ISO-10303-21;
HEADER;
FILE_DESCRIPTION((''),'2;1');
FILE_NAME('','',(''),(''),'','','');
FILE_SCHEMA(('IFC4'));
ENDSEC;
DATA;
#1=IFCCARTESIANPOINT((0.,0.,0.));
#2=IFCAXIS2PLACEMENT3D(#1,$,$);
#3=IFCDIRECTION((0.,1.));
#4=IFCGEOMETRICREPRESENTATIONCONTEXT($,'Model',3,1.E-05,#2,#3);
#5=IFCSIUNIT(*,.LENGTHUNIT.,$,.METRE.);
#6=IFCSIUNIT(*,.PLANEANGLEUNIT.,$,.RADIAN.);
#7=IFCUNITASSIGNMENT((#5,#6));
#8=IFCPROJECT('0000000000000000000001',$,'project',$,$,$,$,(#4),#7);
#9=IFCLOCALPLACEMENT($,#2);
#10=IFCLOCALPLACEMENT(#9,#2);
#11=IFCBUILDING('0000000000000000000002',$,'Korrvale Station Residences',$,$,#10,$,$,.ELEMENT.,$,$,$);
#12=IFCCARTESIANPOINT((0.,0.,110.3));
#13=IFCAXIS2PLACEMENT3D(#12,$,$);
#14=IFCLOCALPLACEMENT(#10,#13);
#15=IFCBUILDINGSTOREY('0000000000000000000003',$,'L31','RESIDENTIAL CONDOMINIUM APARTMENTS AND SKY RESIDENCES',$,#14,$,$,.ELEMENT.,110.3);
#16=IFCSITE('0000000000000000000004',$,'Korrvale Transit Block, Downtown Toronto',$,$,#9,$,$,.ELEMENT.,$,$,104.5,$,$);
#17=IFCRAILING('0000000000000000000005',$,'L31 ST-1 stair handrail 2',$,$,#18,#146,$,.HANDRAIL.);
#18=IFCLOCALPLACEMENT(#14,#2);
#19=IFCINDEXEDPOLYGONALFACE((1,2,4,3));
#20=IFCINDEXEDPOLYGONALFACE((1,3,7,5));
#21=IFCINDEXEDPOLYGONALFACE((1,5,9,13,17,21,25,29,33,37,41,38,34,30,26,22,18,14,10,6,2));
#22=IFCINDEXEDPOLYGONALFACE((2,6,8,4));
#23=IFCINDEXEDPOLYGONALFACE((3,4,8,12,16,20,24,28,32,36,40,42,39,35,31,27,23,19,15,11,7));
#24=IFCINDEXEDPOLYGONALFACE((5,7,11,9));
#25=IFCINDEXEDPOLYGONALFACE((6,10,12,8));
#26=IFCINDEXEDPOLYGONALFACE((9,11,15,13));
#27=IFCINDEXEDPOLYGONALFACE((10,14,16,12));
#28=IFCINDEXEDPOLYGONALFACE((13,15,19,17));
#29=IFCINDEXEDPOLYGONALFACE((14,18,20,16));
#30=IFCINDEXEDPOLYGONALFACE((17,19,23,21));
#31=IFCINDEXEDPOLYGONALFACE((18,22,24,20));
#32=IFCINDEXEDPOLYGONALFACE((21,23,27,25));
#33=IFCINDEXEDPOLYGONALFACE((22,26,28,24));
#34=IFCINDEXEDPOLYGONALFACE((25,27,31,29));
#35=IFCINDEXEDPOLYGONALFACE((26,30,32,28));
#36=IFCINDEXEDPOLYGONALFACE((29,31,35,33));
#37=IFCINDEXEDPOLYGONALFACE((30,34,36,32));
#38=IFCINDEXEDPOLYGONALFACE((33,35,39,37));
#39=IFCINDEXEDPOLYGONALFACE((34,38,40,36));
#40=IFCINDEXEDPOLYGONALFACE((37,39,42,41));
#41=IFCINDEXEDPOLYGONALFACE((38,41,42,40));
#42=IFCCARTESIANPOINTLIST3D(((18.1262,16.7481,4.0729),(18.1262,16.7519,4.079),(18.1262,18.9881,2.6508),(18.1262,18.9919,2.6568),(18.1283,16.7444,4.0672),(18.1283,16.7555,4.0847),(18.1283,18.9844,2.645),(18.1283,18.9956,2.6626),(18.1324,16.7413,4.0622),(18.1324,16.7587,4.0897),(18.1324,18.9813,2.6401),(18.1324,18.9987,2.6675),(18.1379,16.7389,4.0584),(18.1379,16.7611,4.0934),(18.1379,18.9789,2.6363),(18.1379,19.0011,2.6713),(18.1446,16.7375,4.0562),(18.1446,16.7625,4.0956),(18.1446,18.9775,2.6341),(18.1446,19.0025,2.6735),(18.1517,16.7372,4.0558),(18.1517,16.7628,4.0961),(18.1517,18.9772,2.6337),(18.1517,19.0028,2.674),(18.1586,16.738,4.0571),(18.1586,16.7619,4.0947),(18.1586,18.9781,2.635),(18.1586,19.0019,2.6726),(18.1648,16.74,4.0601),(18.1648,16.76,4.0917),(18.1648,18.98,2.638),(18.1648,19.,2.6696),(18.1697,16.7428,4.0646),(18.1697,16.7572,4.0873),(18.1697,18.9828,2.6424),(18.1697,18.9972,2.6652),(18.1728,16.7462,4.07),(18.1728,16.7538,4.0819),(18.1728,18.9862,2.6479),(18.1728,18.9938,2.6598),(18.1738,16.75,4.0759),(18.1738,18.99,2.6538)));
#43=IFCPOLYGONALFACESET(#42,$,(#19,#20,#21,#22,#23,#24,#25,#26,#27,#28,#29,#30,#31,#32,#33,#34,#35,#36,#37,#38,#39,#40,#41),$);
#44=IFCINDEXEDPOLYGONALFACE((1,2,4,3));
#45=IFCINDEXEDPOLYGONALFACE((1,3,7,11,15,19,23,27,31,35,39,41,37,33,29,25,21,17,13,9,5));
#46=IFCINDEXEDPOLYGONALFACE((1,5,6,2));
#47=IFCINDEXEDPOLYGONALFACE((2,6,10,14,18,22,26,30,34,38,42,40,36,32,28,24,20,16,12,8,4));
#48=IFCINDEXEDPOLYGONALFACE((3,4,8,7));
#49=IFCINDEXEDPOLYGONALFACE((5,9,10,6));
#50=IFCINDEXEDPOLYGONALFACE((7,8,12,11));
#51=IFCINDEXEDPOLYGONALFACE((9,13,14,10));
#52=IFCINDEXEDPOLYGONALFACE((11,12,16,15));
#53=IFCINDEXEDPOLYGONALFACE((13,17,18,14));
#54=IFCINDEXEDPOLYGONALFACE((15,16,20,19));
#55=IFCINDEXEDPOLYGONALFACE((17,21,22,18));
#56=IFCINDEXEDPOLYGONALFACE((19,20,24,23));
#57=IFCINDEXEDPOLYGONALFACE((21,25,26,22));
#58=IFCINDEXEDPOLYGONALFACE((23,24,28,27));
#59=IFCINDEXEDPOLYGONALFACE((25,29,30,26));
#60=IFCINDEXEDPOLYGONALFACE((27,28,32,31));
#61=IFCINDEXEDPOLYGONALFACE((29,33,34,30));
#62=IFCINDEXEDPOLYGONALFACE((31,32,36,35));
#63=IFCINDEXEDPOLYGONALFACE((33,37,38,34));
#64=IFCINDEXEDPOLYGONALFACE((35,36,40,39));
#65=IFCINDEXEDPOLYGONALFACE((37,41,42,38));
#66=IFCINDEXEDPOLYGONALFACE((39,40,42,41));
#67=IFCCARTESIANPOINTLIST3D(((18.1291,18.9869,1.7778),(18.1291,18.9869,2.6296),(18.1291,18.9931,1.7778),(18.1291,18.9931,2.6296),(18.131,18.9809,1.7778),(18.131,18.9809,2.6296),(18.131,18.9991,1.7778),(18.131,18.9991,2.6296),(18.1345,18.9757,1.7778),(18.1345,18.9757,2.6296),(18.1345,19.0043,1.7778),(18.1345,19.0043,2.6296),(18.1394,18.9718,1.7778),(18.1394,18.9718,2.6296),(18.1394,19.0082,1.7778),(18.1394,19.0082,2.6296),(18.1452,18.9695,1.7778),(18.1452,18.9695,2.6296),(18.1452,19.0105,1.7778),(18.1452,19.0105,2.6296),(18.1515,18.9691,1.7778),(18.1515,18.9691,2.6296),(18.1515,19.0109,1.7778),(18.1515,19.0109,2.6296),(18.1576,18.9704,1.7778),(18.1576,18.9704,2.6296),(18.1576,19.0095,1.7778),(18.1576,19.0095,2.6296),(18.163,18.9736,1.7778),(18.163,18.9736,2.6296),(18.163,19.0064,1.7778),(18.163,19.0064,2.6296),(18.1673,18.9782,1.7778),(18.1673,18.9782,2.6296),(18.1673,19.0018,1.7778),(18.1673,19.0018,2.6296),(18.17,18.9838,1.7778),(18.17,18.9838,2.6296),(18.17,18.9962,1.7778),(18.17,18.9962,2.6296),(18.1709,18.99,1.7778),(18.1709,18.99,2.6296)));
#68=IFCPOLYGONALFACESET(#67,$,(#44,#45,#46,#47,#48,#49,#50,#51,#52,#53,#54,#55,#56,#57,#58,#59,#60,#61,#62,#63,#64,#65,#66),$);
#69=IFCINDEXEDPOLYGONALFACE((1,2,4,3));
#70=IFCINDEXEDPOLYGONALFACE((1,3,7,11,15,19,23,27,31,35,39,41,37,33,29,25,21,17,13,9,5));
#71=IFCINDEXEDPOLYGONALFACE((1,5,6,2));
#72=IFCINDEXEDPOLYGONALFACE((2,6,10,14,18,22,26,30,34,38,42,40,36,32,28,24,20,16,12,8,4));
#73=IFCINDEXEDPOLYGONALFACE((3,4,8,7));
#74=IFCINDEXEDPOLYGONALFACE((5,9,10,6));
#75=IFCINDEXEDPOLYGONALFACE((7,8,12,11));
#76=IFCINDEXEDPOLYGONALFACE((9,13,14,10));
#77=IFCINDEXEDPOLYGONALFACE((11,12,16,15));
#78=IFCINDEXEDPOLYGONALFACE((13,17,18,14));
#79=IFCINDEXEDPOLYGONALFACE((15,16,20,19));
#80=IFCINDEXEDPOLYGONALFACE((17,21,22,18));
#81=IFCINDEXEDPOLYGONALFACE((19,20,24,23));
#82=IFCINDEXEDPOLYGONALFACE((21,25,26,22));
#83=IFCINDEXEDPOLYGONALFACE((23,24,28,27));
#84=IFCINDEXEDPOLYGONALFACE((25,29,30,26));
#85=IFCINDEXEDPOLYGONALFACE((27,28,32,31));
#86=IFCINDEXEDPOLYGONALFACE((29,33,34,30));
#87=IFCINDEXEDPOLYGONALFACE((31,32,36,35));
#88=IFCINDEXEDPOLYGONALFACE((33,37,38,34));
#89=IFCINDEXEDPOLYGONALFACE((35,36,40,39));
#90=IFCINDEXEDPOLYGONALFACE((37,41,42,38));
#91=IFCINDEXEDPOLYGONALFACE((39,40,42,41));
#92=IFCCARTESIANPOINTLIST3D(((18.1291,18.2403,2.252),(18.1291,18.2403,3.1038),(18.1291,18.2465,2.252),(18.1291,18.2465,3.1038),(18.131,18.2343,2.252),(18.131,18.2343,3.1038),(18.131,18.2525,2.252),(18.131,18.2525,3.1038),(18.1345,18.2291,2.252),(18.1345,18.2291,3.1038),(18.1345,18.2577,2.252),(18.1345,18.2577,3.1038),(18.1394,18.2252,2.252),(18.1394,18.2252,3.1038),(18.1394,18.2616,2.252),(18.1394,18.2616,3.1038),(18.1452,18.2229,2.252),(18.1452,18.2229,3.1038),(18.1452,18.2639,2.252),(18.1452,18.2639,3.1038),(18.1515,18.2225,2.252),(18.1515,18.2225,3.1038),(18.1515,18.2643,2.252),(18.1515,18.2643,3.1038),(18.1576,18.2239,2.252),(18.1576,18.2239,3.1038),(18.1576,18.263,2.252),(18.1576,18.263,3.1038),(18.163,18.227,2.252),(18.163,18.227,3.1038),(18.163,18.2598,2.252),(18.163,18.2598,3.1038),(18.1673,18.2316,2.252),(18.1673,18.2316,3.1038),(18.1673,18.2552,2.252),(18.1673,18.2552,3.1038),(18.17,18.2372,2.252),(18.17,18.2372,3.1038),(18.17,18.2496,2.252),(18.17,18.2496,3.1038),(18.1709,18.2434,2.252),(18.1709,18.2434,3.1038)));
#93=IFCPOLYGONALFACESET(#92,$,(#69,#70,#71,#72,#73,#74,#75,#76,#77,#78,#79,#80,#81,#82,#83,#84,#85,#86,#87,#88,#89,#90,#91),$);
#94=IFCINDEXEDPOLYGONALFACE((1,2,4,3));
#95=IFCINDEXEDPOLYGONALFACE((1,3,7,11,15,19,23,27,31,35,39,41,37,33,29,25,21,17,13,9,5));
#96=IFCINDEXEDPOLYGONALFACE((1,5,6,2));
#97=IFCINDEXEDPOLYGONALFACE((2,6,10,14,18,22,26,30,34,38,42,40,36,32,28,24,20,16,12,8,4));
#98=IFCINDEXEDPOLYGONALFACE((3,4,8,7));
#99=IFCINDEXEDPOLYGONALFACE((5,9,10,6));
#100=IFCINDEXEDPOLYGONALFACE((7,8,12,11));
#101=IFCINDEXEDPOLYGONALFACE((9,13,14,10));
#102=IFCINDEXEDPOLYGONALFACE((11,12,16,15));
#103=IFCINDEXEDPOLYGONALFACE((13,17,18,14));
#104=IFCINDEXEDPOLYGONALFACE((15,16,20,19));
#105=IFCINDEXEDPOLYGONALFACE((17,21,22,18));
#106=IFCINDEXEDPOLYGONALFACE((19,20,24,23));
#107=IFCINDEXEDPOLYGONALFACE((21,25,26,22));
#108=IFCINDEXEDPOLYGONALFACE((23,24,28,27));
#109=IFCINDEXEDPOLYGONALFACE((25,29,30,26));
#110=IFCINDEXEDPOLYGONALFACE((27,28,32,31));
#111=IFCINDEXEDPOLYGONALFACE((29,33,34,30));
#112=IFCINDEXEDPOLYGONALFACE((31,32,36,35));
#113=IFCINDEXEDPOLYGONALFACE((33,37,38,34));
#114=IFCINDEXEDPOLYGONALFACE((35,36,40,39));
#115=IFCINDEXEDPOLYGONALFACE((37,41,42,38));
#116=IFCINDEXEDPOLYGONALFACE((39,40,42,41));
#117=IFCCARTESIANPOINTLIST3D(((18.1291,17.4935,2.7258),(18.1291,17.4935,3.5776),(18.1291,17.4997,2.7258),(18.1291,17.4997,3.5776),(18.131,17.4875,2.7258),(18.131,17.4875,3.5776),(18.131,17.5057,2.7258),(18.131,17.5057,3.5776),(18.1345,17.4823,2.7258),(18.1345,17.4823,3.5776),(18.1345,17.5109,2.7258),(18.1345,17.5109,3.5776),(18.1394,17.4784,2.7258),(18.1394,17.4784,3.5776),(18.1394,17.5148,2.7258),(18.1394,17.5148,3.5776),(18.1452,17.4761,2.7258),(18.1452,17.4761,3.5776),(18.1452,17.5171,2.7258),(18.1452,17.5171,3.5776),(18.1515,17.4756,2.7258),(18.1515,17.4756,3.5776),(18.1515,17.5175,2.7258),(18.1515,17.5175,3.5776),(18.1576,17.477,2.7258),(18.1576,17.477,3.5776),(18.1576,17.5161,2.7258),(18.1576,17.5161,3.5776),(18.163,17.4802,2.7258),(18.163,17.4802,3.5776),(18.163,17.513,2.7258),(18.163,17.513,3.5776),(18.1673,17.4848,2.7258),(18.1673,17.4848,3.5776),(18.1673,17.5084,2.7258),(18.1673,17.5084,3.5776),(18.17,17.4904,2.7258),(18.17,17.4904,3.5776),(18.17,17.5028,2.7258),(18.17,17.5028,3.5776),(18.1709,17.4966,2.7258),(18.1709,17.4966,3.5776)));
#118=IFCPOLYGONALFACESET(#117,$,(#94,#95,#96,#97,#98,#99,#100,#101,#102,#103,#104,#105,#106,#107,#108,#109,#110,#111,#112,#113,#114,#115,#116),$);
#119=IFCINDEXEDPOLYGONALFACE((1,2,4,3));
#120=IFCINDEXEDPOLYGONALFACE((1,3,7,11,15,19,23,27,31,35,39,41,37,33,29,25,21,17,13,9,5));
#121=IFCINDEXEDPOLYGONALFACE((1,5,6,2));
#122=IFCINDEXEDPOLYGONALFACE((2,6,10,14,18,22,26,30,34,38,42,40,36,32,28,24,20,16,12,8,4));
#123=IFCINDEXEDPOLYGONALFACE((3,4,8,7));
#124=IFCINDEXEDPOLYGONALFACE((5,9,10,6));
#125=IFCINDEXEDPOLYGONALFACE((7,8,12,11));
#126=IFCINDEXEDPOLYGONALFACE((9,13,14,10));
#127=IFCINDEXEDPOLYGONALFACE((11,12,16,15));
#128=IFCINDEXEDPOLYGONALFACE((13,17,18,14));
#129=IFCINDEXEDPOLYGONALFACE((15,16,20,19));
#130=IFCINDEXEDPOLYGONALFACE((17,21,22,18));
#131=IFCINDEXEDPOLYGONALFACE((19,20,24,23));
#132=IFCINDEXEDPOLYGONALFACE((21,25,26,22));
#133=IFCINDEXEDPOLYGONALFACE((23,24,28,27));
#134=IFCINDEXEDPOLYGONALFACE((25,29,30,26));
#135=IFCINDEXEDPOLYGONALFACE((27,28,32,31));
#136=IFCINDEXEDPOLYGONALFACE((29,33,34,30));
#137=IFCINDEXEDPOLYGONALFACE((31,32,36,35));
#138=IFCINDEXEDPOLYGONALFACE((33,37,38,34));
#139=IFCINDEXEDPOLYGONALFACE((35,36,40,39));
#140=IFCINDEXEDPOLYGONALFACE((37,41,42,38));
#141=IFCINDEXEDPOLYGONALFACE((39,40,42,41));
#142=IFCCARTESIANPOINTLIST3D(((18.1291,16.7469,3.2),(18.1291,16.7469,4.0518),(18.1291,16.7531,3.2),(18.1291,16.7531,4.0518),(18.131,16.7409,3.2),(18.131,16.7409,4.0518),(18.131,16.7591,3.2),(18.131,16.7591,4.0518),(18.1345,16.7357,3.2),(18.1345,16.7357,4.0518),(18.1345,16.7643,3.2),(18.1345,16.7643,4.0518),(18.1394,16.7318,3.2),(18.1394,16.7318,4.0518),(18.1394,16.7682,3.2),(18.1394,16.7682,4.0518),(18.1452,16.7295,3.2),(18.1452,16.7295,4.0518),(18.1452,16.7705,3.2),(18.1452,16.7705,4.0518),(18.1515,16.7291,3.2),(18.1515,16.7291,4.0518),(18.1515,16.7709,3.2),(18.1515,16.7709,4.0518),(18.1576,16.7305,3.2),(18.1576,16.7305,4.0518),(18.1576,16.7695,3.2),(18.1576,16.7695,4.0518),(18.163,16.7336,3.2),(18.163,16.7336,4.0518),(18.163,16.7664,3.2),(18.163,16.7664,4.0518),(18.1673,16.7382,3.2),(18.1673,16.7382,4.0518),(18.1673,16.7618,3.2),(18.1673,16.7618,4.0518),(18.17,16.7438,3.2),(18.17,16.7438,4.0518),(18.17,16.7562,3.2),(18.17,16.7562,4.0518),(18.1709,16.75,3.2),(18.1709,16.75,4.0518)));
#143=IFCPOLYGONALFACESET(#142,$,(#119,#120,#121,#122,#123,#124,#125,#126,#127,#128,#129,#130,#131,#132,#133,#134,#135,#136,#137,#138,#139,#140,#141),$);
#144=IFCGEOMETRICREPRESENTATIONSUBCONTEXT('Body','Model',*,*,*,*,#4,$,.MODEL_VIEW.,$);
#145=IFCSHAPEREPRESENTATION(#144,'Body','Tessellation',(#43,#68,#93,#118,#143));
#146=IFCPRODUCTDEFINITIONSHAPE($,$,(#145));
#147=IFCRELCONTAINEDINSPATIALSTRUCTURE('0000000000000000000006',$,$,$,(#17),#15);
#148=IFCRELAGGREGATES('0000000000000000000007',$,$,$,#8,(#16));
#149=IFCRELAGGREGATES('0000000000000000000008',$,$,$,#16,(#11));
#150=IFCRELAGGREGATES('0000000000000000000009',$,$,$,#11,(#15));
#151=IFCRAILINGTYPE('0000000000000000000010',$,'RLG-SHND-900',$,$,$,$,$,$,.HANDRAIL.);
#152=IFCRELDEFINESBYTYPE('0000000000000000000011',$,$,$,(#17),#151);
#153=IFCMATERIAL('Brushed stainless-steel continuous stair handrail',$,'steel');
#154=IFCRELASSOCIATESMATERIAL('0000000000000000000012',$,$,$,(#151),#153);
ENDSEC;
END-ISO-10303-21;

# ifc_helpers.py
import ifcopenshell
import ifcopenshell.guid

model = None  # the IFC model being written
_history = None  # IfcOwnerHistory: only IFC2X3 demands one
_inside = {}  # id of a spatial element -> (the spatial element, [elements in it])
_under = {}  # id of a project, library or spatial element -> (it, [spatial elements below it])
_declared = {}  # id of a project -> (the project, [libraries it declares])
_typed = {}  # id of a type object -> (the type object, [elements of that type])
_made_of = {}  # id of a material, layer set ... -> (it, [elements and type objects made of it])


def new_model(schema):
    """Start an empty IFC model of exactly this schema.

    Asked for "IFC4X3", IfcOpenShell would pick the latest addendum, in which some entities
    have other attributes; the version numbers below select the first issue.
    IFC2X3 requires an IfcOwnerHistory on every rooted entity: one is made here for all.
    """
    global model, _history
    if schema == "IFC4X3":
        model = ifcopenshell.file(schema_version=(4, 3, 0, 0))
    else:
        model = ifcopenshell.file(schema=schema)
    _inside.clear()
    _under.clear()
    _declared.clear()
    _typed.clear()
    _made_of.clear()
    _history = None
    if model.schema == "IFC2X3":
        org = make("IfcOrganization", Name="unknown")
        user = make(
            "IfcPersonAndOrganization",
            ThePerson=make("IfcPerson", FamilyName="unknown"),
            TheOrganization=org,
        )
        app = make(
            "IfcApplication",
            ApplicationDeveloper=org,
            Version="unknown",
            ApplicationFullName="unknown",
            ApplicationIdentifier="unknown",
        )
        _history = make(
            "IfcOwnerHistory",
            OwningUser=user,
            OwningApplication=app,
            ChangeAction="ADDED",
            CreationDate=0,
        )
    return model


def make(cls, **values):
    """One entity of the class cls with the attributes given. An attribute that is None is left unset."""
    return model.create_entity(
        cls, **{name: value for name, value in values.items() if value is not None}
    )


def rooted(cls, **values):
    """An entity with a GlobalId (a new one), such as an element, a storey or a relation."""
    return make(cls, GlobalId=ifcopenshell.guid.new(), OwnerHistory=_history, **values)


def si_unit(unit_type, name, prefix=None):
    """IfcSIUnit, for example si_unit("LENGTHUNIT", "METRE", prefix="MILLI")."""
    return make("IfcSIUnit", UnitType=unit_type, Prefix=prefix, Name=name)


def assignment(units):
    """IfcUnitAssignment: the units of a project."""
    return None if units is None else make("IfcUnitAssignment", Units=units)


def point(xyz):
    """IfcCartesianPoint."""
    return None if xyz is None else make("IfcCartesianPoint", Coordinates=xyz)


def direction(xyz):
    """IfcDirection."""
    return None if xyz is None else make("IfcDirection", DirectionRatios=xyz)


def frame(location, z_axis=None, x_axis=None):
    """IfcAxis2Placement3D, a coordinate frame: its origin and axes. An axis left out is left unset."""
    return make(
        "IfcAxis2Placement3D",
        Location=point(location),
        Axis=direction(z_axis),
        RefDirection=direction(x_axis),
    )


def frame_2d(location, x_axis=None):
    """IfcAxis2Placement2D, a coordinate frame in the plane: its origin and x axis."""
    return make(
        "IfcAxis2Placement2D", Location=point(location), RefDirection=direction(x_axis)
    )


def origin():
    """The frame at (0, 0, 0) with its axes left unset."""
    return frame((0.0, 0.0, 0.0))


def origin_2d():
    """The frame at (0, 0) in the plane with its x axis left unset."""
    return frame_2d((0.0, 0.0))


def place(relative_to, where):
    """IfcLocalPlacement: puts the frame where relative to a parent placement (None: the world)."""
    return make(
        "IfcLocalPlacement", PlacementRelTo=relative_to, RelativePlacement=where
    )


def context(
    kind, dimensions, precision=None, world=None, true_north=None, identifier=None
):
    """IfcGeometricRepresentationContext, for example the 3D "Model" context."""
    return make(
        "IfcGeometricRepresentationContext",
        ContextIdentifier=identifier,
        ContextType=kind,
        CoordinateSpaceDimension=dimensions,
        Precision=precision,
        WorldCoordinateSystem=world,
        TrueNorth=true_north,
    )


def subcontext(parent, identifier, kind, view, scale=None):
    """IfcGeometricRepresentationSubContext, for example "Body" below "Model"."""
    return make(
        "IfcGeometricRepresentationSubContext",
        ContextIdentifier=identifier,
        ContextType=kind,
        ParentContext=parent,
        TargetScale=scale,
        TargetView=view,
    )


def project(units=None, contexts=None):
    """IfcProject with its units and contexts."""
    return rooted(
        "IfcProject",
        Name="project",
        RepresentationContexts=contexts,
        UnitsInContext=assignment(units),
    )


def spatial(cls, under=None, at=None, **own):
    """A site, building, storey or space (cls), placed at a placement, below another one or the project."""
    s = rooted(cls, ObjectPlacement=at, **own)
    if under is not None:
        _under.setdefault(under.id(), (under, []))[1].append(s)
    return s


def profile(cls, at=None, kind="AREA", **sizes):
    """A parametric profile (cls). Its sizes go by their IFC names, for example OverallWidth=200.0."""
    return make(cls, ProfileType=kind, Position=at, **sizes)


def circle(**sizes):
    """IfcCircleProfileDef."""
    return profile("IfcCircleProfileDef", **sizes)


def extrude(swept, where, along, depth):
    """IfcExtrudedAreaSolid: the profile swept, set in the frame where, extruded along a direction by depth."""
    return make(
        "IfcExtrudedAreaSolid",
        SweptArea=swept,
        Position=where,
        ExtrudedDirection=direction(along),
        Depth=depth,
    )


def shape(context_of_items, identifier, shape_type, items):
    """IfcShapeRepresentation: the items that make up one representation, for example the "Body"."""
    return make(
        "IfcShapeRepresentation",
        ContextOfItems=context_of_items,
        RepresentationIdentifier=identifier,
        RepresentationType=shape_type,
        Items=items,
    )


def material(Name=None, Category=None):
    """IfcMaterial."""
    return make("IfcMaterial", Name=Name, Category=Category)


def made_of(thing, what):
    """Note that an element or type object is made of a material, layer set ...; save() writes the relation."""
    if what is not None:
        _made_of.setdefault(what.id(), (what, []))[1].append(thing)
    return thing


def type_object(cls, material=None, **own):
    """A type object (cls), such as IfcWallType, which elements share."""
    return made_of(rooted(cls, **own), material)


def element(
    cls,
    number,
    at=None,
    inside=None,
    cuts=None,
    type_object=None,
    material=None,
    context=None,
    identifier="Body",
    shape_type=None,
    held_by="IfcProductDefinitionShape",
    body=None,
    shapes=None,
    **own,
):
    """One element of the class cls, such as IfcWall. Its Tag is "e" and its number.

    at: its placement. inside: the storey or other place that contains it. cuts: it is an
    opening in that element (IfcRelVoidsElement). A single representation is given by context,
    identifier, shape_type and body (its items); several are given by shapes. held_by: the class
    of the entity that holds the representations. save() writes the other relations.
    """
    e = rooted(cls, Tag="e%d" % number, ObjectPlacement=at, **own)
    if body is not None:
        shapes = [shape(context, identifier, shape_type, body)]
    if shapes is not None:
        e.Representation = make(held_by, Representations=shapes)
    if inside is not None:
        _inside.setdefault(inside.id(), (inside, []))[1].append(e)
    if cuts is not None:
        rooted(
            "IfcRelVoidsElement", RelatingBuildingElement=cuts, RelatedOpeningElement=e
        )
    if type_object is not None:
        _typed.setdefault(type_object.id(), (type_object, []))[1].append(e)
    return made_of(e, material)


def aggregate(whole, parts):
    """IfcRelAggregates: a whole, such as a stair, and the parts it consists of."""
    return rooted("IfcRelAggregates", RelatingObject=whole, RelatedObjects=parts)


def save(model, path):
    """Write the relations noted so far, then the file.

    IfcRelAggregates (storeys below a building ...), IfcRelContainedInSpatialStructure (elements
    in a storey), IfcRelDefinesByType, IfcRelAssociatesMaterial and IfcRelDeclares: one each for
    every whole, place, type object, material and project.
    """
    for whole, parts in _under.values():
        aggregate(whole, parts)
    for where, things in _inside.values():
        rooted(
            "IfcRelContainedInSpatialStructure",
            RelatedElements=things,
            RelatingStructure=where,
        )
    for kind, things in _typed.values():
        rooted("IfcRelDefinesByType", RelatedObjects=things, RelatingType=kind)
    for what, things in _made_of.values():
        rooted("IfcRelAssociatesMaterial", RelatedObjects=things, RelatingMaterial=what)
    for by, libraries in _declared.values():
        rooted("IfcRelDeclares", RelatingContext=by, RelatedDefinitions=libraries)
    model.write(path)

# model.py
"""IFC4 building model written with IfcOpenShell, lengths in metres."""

from ifc_helpers import new_model, si_unit, direction, frame, origin, origin_2d, place, context, subcontext, project, spatial, circle, extrude, material, type_object, element, save


model = new_model("IFC4")

# Units and contexts
model_context = context("Model", 3, precision=1e-05, world=origin(), true_north=direction((0.0, 1.0)))
body_context = subcontext(model_context, "Body", "Model", "MODEL_VIEW")
ifc_project = project(units=[si_unit("LENGTHUNIT", "METRE"), si_unit("PLANEANGLEUNIT", "RADIAN")], contexts=[model_context])

# Site, building, storey
site_placement = place(None, origin())
site = spatial("IfcSite", under=ifc_project, at=site_placement, Name="Korrvale Transit Block, Downtown Toronto", CompositionType="ELEMENT", RefElevation=104.5)
building_placement = place(site_placement, origin())
building = spatial("IfcBuilding", under=site, at=building_placement, Name="Korrvale Station Residences", CompositionType="ELEMENT")
storey_placement = place(building_placement, frame((0.0, 0.0, 110.3)))
storey = spatial("IfcBuildingStorey", under=building, at=storey_placement, Name="L31", Description="RESIDENTIAL CONDOMINIUM APARTMENTS AND SKY RESIDENCES", CompositionType="ELEMENT", Elevation=110.3)

# Railing
ifc_material_1 = material(Name="Brushed stainless-steel continuous stair handrail", Category="steel")
railing_type_1 = type_object("IfcRailingType", Name="RLG-SHND-900", PredefinedType="HANDRAIL", material=ifc_material_1)
railing_1_placement = place(storey_placement, frame((18.1499, 18.99, 1.7778)))
element("IfcRailing", 1, at=railing_1_placement, inside=storey, type_object=railing_type_1, Name="L31 ST-1 stair handrail 2", PredefinedType="HANDRAIL", context=body_context, shape_type="SweptSolid", body=[
    extrude(circle(Radius=0.0239, at=origin_2d()), frame((0.0, 0.0, 0.876), z_axis=(0.0, -0.844229, 0.535982), x_axis=(1.0, 0.0, 0.0)), (0.0, 0.0, 1.0), 2.6533),
    extrude(circle(Radius=0.021, at=origin_2d()), origin(), (0.0, 0.0, 1.0), 0.8518),
    extrude(circle(Radius=0.021, at=origin_2d()), frame((0.0, -0.7466, 0.4741)), (0.0, 0.0, 1.0), 0.8518),
    extrude(circle(Radius=0.021, at=origin_2d()), frame((0.0, -1.4934, 0.948)), (0.0, 0.0, 1.0), 0.8518),
    extrude(circle(Radius=0.021, at=origin_2d()), frame((0.0, -2.24, 1.4221)), (0.0, 0.0, 1.0), 0.8518),
])

save(model, "model.ifc")
